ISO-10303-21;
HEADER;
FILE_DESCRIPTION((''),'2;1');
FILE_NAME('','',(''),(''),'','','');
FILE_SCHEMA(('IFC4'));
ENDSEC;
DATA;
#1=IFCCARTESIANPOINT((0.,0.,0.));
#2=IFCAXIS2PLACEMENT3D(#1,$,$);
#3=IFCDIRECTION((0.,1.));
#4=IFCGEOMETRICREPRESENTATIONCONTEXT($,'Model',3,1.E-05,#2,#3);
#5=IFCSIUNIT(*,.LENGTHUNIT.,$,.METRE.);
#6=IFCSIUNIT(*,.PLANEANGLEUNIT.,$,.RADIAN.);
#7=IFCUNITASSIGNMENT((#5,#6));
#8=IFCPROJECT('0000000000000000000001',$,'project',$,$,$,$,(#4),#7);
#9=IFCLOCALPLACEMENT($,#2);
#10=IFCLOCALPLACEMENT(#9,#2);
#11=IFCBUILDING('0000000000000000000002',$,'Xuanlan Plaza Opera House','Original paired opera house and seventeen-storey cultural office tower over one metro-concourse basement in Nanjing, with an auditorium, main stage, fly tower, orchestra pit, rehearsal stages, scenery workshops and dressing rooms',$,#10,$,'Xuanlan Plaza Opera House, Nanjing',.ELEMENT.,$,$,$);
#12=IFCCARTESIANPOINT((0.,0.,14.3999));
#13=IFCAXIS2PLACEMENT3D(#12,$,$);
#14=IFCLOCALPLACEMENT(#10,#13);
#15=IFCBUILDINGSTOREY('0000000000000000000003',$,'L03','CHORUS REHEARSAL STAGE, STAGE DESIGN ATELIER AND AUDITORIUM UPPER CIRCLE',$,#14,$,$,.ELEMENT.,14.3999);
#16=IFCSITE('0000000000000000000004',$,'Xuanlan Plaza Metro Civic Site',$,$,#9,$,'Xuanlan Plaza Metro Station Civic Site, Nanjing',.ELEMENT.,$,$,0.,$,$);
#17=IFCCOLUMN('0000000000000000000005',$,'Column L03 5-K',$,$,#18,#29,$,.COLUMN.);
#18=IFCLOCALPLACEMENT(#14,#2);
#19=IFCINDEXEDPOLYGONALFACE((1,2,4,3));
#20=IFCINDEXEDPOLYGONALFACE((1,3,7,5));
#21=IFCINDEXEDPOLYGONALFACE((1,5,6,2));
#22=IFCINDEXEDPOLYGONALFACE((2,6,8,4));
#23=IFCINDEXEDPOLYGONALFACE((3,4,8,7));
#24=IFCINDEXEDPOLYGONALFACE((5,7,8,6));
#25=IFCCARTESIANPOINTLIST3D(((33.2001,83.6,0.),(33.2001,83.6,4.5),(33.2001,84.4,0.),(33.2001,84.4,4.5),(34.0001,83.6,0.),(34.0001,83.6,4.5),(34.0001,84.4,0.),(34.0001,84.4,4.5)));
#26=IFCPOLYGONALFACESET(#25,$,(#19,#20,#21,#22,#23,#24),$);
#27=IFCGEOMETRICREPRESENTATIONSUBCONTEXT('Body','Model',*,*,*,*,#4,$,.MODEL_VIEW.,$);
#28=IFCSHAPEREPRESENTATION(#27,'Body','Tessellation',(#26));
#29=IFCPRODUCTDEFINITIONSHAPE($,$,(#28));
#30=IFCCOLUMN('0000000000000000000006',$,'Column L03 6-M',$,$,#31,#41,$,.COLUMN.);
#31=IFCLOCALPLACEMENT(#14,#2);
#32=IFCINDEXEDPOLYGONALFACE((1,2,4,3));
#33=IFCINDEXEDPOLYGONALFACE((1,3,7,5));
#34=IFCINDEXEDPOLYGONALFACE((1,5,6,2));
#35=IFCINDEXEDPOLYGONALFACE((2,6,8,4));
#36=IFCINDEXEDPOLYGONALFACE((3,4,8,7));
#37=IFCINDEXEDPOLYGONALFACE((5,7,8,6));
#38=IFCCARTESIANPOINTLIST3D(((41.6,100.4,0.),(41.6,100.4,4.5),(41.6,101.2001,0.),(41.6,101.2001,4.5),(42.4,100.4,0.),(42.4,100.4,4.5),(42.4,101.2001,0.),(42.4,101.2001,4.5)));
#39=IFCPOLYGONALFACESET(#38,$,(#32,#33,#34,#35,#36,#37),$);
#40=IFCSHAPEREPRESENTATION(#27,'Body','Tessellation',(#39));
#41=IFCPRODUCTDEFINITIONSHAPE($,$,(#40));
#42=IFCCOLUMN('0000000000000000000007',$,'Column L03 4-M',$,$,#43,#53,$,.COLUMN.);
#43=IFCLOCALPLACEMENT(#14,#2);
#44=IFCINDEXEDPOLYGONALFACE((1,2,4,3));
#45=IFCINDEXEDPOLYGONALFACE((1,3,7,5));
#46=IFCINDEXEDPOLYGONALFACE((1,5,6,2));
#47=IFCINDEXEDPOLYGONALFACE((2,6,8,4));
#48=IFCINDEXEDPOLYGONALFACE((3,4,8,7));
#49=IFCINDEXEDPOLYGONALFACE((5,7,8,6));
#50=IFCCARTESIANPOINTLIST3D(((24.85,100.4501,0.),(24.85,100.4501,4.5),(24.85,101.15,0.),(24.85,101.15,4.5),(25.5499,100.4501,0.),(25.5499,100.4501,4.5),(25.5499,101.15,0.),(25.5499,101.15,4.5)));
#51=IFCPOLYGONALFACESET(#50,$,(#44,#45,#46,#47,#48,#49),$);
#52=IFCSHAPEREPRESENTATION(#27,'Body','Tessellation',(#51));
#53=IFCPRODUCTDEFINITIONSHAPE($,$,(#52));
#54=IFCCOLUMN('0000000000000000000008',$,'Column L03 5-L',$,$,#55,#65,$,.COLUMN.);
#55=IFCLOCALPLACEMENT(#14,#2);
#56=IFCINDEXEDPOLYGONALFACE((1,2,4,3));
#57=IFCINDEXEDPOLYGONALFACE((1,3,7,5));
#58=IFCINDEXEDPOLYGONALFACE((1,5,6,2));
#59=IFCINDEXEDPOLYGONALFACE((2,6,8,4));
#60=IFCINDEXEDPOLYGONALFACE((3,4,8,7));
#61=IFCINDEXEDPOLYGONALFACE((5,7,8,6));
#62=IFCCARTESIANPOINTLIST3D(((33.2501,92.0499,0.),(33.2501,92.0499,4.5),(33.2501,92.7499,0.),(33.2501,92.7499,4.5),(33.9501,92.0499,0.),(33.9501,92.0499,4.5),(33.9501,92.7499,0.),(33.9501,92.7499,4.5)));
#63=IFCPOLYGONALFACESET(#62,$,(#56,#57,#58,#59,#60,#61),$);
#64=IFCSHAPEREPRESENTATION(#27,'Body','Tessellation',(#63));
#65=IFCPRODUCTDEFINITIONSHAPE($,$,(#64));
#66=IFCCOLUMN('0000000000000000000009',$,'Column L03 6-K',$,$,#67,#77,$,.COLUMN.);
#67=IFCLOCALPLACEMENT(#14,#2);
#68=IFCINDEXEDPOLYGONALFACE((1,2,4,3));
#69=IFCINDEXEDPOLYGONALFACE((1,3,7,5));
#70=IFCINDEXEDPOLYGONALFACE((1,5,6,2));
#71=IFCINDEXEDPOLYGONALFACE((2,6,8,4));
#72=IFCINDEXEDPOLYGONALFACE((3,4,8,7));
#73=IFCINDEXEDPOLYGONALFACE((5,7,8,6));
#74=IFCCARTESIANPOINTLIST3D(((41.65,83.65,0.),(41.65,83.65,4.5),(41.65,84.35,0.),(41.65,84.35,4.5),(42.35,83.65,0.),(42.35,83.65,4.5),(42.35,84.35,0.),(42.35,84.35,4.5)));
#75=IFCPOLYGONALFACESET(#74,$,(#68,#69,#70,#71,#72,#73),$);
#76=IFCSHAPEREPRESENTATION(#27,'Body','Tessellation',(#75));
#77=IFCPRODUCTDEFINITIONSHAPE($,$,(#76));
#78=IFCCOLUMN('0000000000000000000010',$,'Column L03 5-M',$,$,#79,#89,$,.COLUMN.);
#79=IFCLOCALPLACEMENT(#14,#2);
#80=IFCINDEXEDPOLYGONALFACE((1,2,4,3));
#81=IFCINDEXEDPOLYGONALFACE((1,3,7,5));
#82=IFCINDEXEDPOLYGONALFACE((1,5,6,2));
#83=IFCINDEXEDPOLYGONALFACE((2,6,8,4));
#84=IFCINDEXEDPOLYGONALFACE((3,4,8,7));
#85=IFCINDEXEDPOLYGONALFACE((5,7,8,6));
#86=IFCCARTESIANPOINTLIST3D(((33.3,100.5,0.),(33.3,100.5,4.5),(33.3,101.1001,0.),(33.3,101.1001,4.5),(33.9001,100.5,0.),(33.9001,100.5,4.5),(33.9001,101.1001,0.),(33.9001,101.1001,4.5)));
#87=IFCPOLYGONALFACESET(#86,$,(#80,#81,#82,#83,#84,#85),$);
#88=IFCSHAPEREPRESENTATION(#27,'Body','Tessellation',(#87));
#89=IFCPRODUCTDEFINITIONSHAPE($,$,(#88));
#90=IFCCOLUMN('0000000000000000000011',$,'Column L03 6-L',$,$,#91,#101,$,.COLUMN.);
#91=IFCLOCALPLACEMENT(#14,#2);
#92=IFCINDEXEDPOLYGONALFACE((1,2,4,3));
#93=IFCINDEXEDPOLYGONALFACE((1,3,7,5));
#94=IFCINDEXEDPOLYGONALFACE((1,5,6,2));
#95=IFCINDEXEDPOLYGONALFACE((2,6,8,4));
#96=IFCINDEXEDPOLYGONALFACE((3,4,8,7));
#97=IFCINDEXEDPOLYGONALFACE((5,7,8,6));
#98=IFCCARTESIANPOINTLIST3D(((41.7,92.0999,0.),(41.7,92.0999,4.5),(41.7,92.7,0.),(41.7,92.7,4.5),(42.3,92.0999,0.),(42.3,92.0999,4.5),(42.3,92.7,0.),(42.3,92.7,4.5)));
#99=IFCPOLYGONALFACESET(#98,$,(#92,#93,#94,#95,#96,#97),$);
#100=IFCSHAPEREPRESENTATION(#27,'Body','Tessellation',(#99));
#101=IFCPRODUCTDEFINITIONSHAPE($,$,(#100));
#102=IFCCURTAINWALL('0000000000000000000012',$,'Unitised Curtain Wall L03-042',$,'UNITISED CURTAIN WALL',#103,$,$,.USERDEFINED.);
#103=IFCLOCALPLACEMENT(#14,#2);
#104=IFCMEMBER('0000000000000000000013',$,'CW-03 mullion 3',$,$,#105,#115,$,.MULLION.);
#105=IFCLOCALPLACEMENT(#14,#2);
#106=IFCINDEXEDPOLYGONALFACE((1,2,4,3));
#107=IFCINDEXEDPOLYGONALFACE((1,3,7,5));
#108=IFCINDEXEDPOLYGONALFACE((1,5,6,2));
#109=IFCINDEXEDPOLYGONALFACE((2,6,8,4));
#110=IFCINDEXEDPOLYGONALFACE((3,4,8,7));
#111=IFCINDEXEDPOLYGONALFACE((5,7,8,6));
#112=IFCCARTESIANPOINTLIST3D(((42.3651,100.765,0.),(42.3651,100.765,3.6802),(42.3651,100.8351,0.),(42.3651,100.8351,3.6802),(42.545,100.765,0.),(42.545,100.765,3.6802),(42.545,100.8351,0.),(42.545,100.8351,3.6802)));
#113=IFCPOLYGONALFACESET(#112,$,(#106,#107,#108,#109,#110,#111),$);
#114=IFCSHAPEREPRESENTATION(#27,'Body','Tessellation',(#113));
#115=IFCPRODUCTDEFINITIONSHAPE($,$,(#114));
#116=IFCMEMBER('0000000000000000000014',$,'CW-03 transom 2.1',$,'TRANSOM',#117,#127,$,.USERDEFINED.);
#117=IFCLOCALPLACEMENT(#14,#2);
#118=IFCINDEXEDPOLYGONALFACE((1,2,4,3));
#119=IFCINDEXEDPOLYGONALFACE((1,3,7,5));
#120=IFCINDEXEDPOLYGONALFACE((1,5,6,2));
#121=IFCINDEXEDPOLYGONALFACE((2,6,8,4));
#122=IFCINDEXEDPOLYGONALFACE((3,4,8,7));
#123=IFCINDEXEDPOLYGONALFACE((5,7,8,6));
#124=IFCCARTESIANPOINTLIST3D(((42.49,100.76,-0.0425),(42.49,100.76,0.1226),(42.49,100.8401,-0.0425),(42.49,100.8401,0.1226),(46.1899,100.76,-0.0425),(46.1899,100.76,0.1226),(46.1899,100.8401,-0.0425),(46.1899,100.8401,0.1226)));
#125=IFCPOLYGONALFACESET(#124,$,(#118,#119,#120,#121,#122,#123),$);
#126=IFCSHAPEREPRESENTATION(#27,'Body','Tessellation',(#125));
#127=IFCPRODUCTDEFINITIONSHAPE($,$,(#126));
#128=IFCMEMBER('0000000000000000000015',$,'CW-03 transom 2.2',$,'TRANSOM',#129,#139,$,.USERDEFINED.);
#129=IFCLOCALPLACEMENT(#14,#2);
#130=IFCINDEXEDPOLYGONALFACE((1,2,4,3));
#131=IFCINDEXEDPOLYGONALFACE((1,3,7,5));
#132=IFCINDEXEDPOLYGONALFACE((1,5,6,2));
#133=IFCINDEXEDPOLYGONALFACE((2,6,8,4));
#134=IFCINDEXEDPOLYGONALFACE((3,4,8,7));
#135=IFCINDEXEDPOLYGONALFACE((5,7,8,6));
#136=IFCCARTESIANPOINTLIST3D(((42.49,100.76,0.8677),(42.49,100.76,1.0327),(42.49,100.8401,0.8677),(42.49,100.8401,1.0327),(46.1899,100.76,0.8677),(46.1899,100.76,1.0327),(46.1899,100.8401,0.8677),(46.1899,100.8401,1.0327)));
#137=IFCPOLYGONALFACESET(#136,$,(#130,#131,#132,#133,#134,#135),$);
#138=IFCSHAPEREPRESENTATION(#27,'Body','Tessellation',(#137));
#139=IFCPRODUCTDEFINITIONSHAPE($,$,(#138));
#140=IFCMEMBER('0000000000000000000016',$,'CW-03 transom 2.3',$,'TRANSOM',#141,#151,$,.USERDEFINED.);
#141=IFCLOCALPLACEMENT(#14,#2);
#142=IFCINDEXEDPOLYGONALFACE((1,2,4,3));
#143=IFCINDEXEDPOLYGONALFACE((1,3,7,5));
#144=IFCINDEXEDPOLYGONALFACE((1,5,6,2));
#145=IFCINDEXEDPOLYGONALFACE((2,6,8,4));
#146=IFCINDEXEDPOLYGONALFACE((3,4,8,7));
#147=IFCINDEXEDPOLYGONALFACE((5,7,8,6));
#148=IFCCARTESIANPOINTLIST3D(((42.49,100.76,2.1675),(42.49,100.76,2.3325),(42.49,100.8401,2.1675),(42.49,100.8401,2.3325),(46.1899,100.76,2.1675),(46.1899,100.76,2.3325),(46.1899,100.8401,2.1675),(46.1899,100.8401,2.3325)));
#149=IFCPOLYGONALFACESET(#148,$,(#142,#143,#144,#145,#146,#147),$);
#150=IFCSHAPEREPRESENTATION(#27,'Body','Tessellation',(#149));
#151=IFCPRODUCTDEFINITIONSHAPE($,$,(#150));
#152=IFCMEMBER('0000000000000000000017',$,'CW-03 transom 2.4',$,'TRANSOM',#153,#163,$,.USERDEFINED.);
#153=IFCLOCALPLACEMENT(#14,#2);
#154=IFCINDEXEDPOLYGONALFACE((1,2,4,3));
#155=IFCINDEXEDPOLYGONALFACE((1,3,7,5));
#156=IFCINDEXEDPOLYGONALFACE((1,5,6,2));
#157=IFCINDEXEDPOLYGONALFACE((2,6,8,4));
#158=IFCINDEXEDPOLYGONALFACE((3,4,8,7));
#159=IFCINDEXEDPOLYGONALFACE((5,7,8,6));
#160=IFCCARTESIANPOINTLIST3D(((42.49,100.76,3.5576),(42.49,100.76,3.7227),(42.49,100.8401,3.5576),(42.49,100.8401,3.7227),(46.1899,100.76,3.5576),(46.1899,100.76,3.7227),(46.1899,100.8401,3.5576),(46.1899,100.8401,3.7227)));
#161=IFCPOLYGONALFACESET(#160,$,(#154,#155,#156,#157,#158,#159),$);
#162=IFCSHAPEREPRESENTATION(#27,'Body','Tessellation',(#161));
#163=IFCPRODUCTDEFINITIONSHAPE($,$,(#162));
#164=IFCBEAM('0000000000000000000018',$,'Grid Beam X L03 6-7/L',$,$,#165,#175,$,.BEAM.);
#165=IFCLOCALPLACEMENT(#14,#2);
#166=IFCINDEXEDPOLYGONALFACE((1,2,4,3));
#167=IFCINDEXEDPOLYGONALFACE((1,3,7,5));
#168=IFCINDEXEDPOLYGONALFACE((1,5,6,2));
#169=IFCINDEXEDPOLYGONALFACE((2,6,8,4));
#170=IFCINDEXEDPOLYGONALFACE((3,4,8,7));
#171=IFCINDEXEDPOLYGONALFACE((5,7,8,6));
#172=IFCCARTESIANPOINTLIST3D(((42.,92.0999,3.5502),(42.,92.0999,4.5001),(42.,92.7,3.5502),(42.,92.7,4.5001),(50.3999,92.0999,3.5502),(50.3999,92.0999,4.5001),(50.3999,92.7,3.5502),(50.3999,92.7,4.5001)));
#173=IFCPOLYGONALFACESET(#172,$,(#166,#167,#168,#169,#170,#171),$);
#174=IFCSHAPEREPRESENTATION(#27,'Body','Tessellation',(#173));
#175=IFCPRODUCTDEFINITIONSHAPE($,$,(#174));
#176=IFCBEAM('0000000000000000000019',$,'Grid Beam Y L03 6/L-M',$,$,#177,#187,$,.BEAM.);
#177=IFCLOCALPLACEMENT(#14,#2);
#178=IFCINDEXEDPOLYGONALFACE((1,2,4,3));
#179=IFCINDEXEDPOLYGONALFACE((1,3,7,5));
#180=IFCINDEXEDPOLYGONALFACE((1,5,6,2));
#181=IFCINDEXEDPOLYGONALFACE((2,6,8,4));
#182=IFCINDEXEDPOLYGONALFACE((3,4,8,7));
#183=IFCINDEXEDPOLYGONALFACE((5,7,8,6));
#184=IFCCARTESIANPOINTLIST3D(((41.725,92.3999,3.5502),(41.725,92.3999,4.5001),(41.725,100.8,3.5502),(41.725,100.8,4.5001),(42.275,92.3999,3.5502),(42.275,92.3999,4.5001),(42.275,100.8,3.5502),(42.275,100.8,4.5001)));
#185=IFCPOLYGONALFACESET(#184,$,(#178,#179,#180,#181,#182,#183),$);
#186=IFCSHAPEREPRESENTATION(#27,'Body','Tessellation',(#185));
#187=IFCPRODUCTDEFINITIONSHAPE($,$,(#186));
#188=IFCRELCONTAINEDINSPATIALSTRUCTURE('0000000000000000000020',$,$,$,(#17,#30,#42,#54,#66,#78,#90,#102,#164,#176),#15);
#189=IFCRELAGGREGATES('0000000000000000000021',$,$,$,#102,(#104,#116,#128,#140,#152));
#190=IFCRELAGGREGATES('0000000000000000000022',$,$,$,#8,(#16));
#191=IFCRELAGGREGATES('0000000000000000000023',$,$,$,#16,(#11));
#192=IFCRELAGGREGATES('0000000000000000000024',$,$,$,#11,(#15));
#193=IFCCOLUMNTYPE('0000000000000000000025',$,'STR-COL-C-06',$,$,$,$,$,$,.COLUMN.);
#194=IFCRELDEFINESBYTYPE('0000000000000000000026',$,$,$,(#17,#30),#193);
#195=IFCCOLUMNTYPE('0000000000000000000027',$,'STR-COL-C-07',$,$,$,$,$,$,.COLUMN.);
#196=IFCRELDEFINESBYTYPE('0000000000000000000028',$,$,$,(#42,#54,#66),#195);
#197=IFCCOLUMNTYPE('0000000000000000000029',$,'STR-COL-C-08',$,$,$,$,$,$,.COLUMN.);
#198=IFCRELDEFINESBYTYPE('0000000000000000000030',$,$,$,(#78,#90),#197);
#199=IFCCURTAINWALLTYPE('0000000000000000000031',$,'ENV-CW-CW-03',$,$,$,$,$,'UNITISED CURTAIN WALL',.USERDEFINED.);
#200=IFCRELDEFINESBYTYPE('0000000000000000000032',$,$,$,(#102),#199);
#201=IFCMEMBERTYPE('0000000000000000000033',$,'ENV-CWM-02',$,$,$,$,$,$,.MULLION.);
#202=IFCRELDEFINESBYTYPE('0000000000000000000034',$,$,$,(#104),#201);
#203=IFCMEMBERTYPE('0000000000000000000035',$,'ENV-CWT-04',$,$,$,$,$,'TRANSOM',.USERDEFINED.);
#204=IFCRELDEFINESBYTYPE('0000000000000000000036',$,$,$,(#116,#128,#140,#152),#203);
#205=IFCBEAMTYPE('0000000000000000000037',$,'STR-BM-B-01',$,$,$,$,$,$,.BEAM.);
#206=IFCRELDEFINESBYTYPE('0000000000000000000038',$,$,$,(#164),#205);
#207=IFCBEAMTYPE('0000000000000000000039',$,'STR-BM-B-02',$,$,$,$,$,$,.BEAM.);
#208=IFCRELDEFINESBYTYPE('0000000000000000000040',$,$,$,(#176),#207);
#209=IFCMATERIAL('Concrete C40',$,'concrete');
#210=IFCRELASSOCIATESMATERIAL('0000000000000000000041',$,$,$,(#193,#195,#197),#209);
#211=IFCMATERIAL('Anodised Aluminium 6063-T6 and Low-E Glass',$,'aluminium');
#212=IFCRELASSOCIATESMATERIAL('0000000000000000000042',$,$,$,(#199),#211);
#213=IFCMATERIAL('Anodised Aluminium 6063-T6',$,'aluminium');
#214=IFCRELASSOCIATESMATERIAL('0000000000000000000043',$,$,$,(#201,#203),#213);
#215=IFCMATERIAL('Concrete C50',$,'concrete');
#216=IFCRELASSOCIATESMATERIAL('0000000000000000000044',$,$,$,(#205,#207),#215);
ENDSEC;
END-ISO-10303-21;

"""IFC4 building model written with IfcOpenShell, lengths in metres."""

from ifc_helpers import new_model, si_unit, direction, frame, origin, origin_2d, place, context, subcontext, project, spatial, rectangle, extrude, material, material_profile, profile_set, type_object, element, aggregate, save


model = new_model("IFC4")

# Units and contexts
model_context = context("Model", 3, precision=1e-05, world=origin(), true_north=direction((0.0, 1.0)))
body_context = subcontext(model_context, "Body", "Model", "MODEL_VIEW")
ifc_project = project(units=[si_unit("LENGTHUNIT", "METRE"), si_unit("PLANEANGLEUNIT", "RADIAN")], contexts=[model_context])

# Site, building, storey
site_placement = place(None, origin())
site = spatial("IfcSite", under=ifc_project, at=site_placement, Name="Xuanlan Plaza Metro Civic Site", LongName="Xuanlan Plaza Metro Station Civic Site, Nanjing", CompositionType="ELEMENT", RefElevation=0.0)
building_placement = place(site_placement, origin())
building = spatial("IfcBuilding", under=site, at=building_placement, Name="Xuanlan Plaza Opera House", Description="Original paired opera house and seventeen-storey cultural office tower over one metro-concourse basement in Nanjing, with an auditorium, main stage, fly tower, orchestra pit, rehearsal stages, scenery workshops and dressing rooms", LongName="Xuanlan Plaza Opera House, Nanjing", CompositionType="ELEMENT")
storey_placement = place(building_placement, frame((0.0, 0.0, 14.3999)))
storey = spatial("IfcBuildingStorey", under=building, at=storey_placement, Name="L03", Description="CHORUS REHEARSAL STAGE, STAGE DESIGN ATELIER AND AUDITORIUM UPPER CIRCLE", CompositionType="ELEMENT", Elevation=14.3999)

# Columns
ifc_material_1 = material(Name="Concrete C40", Category="concrete")
ifc_material_profile_1 = material_profile(ifc_material_1, rectangle(XDim=0.8, YDim=0.8, at=origin_2d()), Name="RC-COL 800x800")
ifc_profile_set_1 = profile_set([ifc_material_profile_1], Name="Concrete C40")
column_type_1 = type_object("IfcColumnType", Name="STR-COL-C-06", PredefinedType="COLUMN", material=ifc_profile_set_1)
for number, where, z_axis, x_axis, name in (
    (1, (33.6001, 84.0, 0.0), (0.0, 0.0, 1.0), (1.0, 0.0, 0.0), "Column L03 5-K"),
    (2, (42.0, 100.8, 0.0), (0.0, 0.0, 1.0), (1.0, 0.0, 0.0), "Column L03 6-M"),
):
    element("IfcColumn", number, at=place(storey_placement, frame(where, z_axis=z_axis, x_axis=x_axis)), inside=storey, type_object=column_type_1, Name=name, PredefinedType="COLUMN", context=body_context, shape_type="SweptSolid", body=[
        extrude(rectangle(XDim=0.8, YDim=0.8, at=origin_2d()), origin(), (0.0, 0.0, 1.0), 4.5),
    ])
ifc_material_profile_2 = material_profile(ifc_material_1, rectangle(XDim=0.7, YDim=0.7, at=origin_2d()), Name="RC-COL 700x700")
ifc_profile_set_2 = profile_set([ifc_material_profile_2], Name="Concrete C40")
column_type_2 = type_object("IfcColumnType", Name="STR-COL-C-07", PredefinedType="COLUMN", material=ifc_profile_set_2)
for number, where, z_axis, x_axis, name in (
    (3, (25.2, 100.8, 0.0), (0.0, 0.0, 1.0), (1.0, 0.0, 0.0), "Column L03 4-M"),
    (4, (33.6001, 92.3999, 0.0), (0.0, 0.0, 1.0), (1.0, 0.0, 0.0), "Column L03 5-L"),
    (5, (42.0, 84.0, 0.0), (0.0, 0.0, 1.0), (1.0, 0.0, 0.0), "Column L03 6-K"),
):
    element("IfcColumn", number, at=place(storey_placement, frame(where, z_axis=z_axis, x_axis=x_axis)), inside=storey, type_object=column_type_2, Name=name, PredefinedType="COLUMN", context=body_context, shape_type="SweptSolid", body=[
        extrude(rectangle(XDim=0.7, YDim=0.7, at=origin_2d()), origin(), (0.0, 0.0, 1.0), 4.5),
    ])
ifc_material_profile_3 = material_profile(ifc_material_1, rectangle(XDim=0.6001, YDim=0.6001, at=origin_2d()), Name="RC-COL 600x600")
ifc_profile_set_3 = profile_set([ifc_material_profile_3], Name="Concrete C40")
column_type_3 = type_object("IfcColumnType", Name="STR-COL-C-08", PredefinedType="COLUMN", material=ifc_profile_set_3)
for number, where, z_axis, x_axis, name in (
    (6, (33.6001, 100.8, 0.0), (0.0, 0.0, 1.0), (1.0, 0.0, 0.0), "Column L03 5-M"),
    (7, (42.0, 92.3999, 0.0), (0.0, 0.0, 1.0), (1.0, 0.0, 0.0), "Column L03 6-L"),
):
    element("IfcColumn", number, at=place(storey_placement, frame(where, z_axis=z_axis, x_axis=x_axis)), inside=storey, type_object=column_type_3, Name=name, PredefinedType="COLUMN", context=body_context, shape_type="SweptSolid", body=[
        extrude(rectangle(XDim=0.6001, YDim=0.6001, at=origin_2d()), origin(), (0.0, 0.0, 1.0), 4.5),
    ])

# Curtain wall, members
ifc_material_2 = material(Name="Anodised Aluminium 6063-T6 and Low-E Glass", Category="aluminium")
curtain_wall_type = type_object("IfcCurtainWallType", Name="ENV-CW-CW-03", ElementType="UNITISED CURTAIN WALL", PredefinedType="USERDEFINED", material=ifc_material_2)
curtain_wall_placement = place(storey_placement, origin())
curtain_wall = element("IfcCurtainWall", 8, at=curtain_wall_placement, inside=storey, type_object=curtain_wall_type, Name="Unitised Curtain Wall L03-042", ObjectType="UNITISED CURTAIN WALL", PredefinedType="USERDEFINED")
ifc_material_3 = material(Name="Anodised Aluminium 6063-T6", Category="aluminium")
ifc_material_profile_4 = material_profile(ifc_material_3, rectangle(XDim=0.0701, YDim=0.1799, at=origin_2d()), Name="ALU-M 70x180")
ifc_profile_set_4 = profile_set([ifc_material_profile_4], Name="Anodised Aluminium 6063-T6")
member_type_1 = type_object("IfcMemberType", Name="ENV-CWM-02", PredefinedType="MULLION", material=ifc_profile_set_4)
member_1_placement = place(storey_placement, frame((42.4551, 100.8, 0.0), z_axis=(0.0, 0.0, 1.0), x_axis=(0.0, -1.0, 0.0)))
member_1 = element("IfcMember", 9, at=member_1_placement, type_object=member_type_1, Name="CW-03 mullion 3", PredefinedType="MULLION", context=body_context, shape_type="SweptSolid", body=[
    extrude(rectangle(XDim=0.0701, YDim=0.1799, at=origin_2d()), origin(), (0.0, 0.0, 1.0), 3.6802),
])
ifc_material_profile_5 = material_profile(ifc_material_3, rectangle(XDim=0.0801, YDim=0.165, at=origin_2d()), Name="ALU-T 80x165")
ifc_profile_set_5 = profile_set([ifc_material_profile_5], Name="Anodised Aluminium 6063-T6")
member_type_2 = type_object("IfcMemberType", Name="ENV-CWT-04", ElementType="TRANSOM", PredefinedType="USERDEFINED", material=ifc_profile_set_5)
member_2_placement = place(storey_placement, frame((46.1899, 100.8, 0.04), z_axis=(-1.0, 0.0, 0.0), x_axis=(0.0, -1.0, 0.0)))
member_2 = element("IfcMember", 10, at=member_2_placement, type_object=member_type_2, Name="CW-03 transom 2.1", ObjectType="TRANSOM", PredefinedType="USERDEFINED", context=body_context, shape_type="SweptSolid", body=[
    extrude(rectangle(XDim=0.0801, YDim=0.165, at=origin_2d()), origin(), (0.0, 0.0, 1.0), 3.7),
])
member_3_placement = place(storey_placement, frame((46.1899, 100.8, 0.9502), z_axis=(-1.0, 0.0, 0.0), x_axis=(0.0, -1.0, 0.0)))
member_3 = element("IfcMember", 11, at=member_3_placement, type_object=member_type_2, Name="CW-03 transom 2.2", ObjectType="TRANSOM", PredefinedType="USERDEFINED", context=body_context, shape_type="SweptSolid", body=[
    extrude(rectangle(XDim=0.0801, YDim=0.165, at=origin_2d()), origin(), (0.0, 0.0, 1.0), 3.7),
])
member_4_placement = place(storey_placement, frame((46.1899, 100.8, 2.25), z_axis=(-1.0, 0.0, 0.0), x_axis=(0.0, -1.0, 0.0)))
member_4 = element("IfcMember", 12, at=member_4_placement, type_object=member_type_2, Name="CW-03 transom 2.3", ObjectType="TRANSOM", PredefinedType="USERDEFINED", context=body_context, shape_type="SweptSolid", body=[
    extrude(rectangle(XDim=0.0801, YDim=0.165, at=origin_2d()), origin(), (0.0, 0.0, 1.0), 3.7),
])
member_5_placement = place(storey_placement, frame((46.1899, 100.8, 3.6401), z_axis=(-1.0, 0.0, 0.0), x_axis=(0.0, -1.0, 0.0)))
member_5 = element("IfcMember", 13, at=member_5_placement, type_object=member_type_2, Name="CW-03 transom 2.4", ObjectType="TRANSOM", PredefinedType="USERDEFINED", context=body_context, shape_type="SweptSolid", body=[
    extrude(rectangle(XDim=0.0801, YDim=0.165, at=origin_2d()), origin(), (0.0, 0.0, 1.0), 3.7),
])

# Beams
ifc_material_4 = material(Name="Concrete C50", Category="concrete")
ifc_material_profile_6 = material_profile(ifc_material_4, rectangle(XDim=0.6001, YDim=0.95, at=origin_2d()), Name="RC-BM 600x950")
ifc_profile_set_6 = profile_set([ifc_material_profile_6], Name="Concrete C50")
beam_type_1 = type_object("IfcBeamType", Name="STR-BM-B-01", PredefinedType="BEAM", material=ifc_profile_set_6)
beam_1_placement = place(storey_placement, frame((42.0, 92.3999, 4.0251), z_axis=(1.0, 0.0, 0.0), x_axis=(0.0, 1.0, 0.0)))
element("IfcBeam", 14, at=beam_1_placement, inside=storey, type_object=beam_type_1, Name="Grid Beam X L03 6-7/L", PredefinedType="BEAM", context=body_context, shape_type="SweptSolid", body=[
    extrude(rectangle(XDim=0.6001, YDim=0.95, at=origin_2d()), origin(), (0.0, 0.0, 1.0), 8.3999),
])
ifc_material_profile_7 = material_profile(ifc_material_4, rectangle(XDim=0.55, YDim=0.95, at=origin_2d()), Name="RC-BM 550x950")
ifc_profile_set_7 = profile_set([ifc_material_profile_7], Name="Concrete C50")
beam_type_2 = type_object("IfcBeamType", Name="STR-BM-B-02", PredefinedType="BEAM", material=ifc_profile_set_7)
beam_2_placement = place(storey_placement, frame((42.0, 92.3999, 4.0251), z_axis=(0.0, 1.0, 0.0), x_axis=(-1.0, 0.0, 0.0)))
element("IfcBeam", 15, at=beam_2_placement, inside=storey, type_object=beam_type_2, Name="Grid Beam Y L03 6/L-M", PredefinedType="BEAM", context=body_context, shape_type="SweptSolid", body=[
    extrude(rectangle(XDim=0.55, YDim=0.95, at=origin_2d()), origin(), (0.0, 0.0, 1.0), 8.4001),
])

aggregate(curtain_wall, [member_1, member_2, member_3, member_4, member_5])

save(model, "model.ifc")
